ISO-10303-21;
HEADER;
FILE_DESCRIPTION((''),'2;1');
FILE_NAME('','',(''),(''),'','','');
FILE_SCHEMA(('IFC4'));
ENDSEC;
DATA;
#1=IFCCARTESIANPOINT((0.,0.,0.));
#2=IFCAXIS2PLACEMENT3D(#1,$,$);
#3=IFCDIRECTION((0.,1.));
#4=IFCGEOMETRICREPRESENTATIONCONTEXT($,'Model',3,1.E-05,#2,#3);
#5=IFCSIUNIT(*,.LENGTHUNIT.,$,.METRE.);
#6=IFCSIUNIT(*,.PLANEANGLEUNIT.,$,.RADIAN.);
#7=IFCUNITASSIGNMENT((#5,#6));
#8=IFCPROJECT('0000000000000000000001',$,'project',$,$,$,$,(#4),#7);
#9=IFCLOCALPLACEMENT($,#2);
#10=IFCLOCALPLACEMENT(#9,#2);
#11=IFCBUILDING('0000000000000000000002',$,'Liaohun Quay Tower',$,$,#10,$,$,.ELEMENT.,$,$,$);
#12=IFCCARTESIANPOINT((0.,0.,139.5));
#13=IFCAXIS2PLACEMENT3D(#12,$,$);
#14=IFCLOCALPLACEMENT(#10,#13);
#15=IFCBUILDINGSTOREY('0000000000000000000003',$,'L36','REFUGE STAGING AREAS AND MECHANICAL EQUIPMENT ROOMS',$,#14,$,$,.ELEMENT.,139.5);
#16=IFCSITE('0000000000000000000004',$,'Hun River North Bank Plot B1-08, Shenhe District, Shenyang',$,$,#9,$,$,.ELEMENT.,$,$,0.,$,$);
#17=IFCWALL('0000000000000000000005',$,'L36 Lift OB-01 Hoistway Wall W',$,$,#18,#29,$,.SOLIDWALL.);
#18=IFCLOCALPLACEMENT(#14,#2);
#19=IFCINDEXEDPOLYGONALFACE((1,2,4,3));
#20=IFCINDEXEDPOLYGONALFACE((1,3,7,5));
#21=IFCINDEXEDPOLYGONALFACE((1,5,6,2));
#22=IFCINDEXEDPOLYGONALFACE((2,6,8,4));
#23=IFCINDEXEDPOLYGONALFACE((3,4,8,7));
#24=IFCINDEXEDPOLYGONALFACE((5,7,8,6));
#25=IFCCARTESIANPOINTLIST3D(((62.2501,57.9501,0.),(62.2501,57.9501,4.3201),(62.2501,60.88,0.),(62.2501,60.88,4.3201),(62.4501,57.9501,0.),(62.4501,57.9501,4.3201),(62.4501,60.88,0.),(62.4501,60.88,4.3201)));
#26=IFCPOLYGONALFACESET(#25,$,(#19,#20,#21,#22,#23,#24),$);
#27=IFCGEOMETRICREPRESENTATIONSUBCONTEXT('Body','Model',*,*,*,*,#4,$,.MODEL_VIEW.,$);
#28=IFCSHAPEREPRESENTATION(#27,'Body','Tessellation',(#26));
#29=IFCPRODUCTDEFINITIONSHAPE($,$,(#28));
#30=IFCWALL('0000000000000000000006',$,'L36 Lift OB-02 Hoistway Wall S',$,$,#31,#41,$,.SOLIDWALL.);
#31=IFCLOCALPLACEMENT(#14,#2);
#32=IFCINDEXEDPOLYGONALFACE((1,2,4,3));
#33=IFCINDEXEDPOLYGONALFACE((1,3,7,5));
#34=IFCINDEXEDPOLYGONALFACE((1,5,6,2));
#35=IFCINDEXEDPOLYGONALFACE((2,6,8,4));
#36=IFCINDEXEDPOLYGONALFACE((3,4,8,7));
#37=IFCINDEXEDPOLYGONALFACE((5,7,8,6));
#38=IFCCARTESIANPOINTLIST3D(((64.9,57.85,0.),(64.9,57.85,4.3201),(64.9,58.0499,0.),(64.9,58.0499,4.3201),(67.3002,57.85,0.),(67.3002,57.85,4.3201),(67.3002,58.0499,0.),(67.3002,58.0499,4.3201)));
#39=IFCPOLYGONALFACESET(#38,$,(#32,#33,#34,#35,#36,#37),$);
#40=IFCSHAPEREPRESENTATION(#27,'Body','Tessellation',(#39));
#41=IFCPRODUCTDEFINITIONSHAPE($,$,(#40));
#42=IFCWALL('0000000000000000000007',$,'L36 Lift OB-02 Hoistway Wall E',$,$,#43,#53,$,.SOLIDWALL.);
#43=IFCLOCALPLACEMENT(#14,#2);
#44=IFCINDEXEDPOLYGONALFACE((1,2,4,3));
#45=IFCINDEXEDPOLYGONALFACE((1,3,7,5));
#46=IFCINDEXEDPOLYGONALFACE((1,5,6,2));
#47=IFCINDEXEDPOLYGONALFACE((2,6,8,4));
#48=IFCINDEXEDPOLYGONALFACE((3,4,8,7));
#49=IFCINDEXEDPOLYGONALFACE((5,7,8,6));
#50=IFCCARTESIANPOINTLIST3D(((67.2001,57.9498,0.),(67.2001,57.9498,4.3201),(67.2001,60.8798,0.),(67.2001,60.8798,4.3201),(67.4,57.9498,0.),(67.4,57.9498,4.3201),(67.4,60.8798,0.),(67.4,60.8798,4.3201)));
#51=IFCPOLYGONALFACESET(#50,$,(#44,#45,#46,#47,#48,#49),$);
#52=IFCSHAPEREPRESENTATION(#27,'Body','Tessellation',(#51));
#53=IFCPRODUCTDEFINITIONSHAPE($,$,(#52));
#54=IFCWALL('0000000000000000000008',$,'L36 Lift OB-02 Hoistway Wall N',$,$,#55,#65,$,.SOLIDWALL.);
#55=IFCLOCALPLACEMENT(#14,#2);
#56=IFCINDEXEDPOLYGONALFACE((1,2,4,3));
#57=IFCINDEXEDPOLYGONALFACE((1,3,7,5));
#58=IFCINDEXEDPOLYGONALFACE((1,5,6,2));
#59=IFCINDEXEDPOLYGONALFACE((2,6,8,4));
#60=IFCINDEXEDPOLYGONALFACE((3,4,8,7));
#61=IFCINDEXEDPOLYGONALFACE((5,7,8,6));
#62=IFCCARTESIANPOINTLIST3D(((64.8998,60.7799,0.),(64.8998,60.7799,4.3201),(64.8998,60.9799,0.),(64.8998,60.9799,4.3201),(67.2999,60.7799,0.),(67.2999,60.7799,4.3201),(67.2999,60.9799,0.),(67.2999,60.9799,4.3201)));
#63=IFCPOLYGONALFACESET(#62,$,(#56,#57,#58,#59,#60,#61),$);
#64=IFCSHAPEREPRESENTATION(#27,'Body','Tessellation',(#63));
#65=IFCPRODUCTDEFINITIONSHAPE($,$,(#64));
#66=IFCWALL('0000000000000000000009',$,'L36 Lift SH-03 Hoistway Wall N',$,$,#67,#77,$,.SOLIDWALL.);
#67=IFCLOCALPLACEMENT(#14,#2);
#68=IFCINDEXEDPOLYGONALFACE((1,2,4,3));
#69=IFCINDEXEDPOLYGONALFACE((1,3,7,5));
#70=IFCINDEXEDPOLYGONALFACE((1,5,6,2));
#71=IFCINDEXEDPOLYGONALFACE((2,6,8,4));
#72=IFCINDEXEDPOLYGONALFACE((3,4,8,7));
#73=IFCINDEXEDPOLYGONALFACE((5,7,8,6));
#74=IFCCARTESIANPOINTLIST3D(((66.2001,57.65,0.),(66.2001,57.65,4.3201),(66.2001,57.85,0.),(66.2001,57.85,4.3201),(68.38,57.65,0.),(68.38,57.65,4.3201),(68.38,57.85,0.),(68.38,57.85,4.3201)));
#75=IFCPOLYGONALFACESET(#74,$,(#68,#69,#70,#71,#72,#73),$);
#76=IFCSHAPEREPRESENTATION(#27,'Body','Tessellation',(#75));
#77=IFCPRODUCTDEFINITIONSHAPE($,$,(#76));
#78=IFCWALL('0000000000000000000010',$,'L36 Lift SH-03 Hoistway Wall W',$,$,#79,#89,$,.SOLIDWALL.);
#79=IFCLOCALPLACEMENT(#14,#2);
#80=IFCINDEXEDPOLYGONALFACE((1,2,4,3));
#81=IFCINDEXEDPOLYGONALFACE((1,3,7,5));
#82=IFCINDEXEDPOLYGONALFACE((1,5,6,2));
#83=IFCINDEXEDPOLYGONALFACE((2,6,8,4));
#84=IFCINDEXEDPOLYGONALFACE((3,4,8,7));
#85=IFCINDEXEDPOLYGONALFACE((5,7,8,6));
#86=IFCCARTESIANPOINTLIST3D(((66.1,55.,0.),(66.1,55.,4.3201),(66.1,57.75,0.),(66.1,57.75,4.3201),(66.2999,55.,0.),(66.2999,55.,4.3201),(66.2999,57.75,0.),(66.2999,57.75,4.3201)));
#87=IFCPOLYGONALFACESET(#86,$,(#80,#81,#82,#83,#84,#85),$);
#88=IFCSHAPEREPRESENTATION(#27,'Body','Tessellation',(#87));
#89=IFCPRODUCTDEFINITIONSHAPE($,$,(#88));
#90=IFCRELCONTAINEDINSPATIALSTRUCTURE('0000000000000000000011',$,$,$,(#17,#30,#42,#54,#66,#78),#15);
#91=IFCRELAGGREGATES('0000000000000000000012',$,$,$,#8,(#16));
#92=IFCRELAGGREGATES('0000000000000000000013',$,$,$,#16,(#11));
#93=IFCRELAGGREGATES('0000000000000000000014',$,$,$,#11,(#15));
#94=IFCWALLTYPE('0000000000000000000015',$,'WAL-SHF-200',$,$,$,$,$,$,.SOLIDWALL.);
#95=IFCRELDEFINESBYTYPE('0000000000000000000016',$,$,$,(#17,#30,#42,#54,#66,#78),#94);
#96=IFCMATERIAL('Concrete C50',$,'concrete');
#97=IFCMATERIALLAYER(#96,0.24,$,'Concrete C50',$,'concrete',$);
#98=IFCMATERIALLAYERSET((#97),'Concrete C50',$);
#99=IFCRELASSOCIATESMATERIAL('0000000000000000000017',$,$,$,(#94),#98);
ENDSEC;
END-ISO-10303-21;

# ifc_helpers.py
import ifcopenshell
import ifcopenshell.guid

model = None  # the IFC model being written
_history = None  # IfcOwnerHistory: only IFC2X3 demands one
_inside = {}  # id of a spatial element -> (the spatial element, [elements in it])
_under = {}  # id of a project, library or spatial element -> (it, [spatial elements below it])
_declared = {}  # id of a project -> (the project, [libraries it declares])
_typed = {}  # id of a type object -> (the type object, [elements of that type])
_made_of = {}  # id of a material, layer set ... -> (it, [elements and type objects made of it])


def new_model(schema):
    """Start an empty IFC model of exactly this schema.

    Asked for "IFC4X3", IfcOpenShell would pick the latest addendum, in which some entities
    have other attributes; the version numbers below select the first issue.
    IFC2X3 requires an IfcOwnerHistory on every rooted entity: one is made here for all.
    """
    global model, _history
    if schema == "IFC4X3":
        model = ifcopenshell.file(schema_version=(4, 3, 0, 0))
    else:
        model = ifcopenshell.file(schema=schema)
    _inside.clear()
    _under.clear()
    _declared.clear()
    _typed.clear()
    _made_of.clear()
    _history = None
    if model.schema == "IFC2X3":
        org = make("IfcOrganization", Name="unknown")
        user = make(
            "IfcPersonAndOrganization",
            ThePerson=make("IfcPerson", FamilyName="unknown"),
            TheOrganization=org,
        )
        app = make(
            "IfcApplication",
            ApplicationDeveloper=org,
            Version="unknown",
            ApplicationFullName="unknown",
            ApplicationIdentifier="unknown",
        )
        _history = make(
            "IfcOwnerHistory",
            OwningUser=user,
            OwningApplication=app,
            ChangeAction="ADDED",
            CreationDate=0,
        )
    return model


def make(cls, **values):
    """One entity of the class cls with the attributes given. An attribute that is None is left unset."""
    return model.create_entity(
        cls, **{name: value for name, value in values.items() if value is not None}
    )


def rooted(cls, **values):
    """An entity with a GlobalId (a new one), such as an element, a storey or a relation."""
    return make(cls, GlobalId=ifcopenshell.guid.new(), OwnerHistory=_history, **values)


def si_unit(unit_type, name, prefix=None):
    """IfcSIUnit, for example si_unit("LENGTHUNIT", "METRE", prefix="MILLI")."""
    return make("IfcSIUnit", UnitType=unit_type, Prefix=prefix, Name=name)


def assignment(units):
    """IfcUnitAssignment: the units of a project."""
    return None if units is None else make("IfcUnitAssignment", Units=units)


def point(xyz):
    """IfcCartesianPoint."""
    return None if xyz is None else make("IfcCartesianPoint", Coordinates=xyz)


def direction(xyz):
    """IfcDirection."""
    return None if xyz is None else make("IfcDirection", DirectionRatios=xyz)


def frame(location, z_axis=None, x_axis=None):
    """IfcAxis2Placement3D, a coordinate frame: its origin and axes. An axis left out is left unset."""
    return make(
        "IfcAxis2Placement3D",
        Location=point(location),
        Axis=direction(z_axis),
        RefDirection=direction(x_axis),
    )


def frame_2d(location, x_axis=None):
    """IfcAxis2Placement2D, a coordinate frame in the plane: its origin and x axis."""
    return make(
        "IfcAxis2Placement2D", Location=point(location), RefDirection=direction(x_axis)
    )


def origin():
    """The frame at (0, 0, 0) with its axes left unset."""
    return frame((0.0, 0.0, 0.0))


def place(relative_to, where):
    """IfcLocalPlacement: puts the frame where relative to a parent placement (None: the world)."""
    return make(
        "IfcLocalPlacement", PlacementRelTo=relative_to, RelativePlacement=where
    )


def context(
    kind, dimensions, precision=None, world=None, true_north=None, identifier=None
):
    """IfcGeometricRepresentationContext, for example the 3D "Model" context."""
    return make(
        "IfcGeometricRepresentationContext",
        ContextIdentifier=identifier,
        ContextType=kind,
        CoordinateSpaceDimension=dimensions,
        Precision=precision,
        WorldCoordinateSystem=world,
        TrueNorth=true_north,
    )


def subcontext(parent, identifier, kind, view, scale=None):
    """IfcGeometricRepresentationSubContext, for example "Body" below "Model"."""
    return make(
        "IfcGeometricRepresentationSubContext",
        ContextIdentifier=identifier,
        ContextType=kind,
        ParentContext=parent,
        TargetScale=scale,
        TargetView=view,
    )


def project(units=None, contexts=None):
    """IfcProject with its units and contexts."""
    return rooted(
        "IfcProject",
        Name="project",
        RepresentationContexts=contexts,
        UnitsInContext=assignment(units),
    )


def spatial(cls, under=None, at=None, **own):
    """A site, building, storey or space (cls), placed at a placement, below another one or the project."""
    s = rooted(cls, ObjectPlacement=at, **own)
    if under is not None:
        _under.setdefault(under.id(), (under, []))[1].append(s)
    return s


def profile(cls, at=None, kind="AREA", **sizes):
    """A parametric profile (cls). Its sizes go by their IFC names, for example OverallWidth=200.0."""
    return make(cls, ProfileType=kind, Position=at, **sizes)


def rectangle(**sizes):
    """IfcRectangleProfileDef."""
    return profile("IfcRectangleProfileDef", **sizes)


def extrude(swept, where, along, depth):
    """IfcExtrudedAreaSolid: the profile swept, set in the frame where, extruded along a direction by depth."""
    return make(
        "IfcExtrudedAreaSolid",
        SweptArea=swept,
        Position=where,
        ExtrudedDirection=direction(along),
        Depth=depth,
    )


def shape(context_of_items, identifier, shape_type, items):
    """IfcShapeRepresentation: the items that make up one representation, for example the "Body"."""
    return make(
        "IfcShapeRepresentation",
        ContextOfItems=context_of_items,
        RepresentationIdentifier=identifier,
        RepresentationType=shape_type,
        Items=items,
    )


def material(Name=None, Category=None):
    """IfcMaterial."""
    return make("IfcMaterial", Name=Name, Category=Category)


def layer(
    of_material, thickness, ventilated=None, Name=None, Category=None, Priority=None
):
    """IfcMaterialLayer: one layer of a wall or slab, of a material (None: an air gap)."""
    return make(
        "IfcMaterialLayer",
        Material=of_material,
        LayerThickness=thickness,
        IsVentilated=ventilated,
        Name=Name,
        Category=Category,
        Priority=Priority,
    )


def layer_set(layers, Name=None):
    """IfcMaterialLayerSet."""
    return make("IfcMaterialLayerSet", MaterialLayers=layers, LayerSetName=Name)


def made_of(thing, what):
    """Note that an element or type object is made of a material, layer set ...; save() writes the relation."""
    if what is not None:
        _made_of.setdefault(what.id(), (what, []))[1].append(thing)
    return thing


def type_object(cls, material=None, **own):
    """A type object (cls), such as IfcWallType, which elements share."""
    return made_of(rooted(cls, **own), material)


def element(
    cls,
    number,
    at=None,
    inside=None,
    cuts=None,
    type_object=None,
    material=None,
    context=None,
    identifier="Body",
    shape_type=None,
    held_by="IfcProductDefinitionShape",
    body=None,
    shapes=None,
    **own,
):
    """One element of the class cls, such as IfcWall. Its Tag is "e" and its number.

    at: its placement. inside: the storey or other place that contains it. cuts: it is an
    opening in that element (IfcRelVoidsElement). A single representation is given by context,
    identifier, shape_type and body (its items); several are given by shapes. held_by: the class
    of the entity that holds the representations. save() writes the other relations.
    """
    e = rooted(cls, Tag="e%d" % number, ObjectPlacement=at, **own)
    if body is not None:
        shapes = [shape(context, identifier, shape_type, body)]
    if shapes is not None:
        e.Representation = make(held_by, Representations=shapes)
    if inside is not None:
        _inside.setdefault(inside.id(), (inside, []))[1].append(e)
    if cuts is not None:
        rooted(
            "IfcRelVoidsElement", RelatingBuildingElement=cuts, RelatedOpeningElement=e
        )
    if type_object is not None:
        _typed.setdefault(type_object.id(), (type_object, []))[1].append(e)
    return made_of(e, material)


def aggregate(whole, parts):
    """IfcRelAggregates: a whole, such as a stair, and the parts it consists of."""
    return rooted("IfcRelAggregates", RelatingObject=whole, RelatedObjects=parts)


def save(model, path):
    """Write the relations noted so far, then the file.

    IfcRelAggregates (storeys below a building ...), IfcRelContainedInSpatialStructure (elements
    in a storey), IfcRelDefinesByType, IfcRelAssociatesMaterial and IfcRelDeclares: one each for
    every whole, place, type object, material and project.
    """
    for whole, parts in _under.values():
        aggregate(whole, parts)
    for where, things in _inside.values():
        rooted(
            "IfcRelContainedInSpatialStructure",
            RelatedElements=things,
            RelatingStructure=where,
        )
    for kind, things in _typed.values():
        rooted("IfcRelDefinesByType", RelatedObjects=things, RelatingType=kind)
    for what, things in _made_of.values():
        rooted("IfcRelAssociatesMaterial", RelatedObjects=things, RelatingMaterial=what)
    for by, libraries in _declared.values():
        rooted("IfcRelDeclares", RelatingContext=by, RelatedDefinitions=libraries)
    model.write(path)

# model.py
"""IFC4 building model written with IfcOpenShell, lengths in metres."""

from ifc_helpers import new_model, si_unit, direction, frame, frame_2d, origin, place, context, subcontext, project, spatial, rectangle, extrude, material, layer, layer_set, type_object, element, save


model = new_model("IFC4")

# Units and contexts
model_context = context("Model", 3, precision=1e-05, world=origin(), true_north=direction((0.0, 1.0)))
body_context = subcontext(model_context, "Body", "Model", "MODEL_VIEW")
ifc_project = project(units=[si_unit("LENGTHUNIT", "METRE"), si_unit("PLANEANGLEUNIT", "RADIAN")], contexts=[model_context])

# Site, building, storey
site_placement = place(None, origin())
site = spatial("IfcSite", under=ifc_project, at=site_placement, Name="Hun River North Bank Plot B1-08, Shenhe District, Shenyang", CompositionType="ELEMENT", RefElevation=0.0)
building_placement = place(site_placement, origin())
building = spatial("IfcBuilding", under=site, at=building_placement, Name="Liaohun Quay Tower", CompositionType="ELEMENT")
storey_placement = place(building_placement, frame((0.0, 0.0, 139.5)))
storey = spatial("IfcBuildingStorey", under=building, at=storey_placement, Name="L36", Description="REFUGE STAGING AREAS AND MECHANICAL EQUIPMENT ROOMS", CompositionType="ELEMENT", Elevation=139.5)

# Walls
ifc_material_1 = material(Name="Concrete C50", Category="concrete")
ifc_layer_1 = layer(ifc_material_1, 0.24, Name="Concrete C50", Category="concrete")
ifc_layer_set_1 = layer_set([ifc_layer_1], Name="Concrete C50")
wall_type_1 = type_object("IfcWallType", Name="WAL-SHF-200", PredefinedType="SOLIDWALL", material=ifc_layer_set_1)
wall_1_placement = place(storey_placement, frame((62.3501, 60.8799, 0.0), z_axis=(0.0, 0.0, 1.0), x_axis=(0.0, -1.0, 0.0)))
element("IfcWall", 1, at=wall_1_placement, inside=storey, type_object=wall_type_1, Name="L36 Lift OB-01 Hoistway Wall W", PredefinedType="SOLIDWALL", context=body_context, shape_type="SweptSolid", body=[
    extrude(rectangle(XDim=2.9299, YDim=0.2, at=frame_2d((1.4648, 0.0))), origin(), (0.0, 0.0, 1.0), 4.3201),
])
wall_2_placement = place(storey_placement, frame((64.8999, 57.95, 0.0), z_axis=(0.0, 0.0, 1.0), x_axis=(1.0, 0.0, 0.0)))
element("IfcWall", 2, at=wall_2_placement, inside=storey, type_object=wall_type_1, Name="L36 Lift OB-02 Hoistway Wall S", PredefinedType="SOLIDWALL", context=body_context, shape_type="SweptSolid", body=[
    extrude(rectangle(XDim=2.4001, YDim=0.2, at=frame_2d((1.2002, 0.0))), origin(), (0.0, 0.0, 1.0), 4.3201),
])
wall_3_placement = place(storey_placement, frame((67.3, 57.95, 0.0), z_axis=(0.0, 0.0, 1.0), x_axis=(0.0, 1.0, 0.0)))
element("IfcWall", 3, at=wall_3_placement, inside=storey, type_object=wall_type_1, Name="L36 Lift OB-02 Hoistway Wall E", PredefinedType="SOLIDWALL", context=body_context, shape_type="SweptSolid", body=[
    extrude(rectangle(XDim=2.9299, YDim=0.2, at=frame_2d((1.4648, 0.0))), origin(), (0.0, 0.0, 1.0), 4.3201),
])
wall_4_placement = place(storey_placement, frame((67.3, 60.8799, 0.0), z_axis=(0.0, 0.0, 1.0), x_axis=(-1.0, 0.0, 0.0)))
element("IfcWall", 4, at=wall_4_placement, inside=storey, type_object=wall_type_1, Name="L36 Lift OB-02 Hoistway Wall N", PredefinedType="SOLIDWALL", context=body_context, shape_type="SweptSolid", body=[
    extrude(rectangle(XDim=2.4001, YDim=0.2, at=frame_2d((1.2002, 0.0))), origin(), (0.0, 0.0, 1.0), 4.3201),
])
wall_5_placement = place(storey_placement, frame((68.3799, 57.75, 0.0), z_axis=(0.0, 0.0, 1.0), x_axis=(-1.0, 0.0, 0.0)))
element("IfcWall", 5, at=wall_5_placement, inside=storey, type_object=wall_type_1, Name="L36 Lift SH-03 Hoistway Wall N", PredefinedType="SOLIDWALL", context=body_context, shape_type="SweptSolid", body=[
    extrude(rectangle(XDim=2.1799, YDim=0.2, at=frame_2d((1.0898, 0.0))), origin(), (0.0, 0.0, 1.0), 4.3201),
])
wall_6_placement = place(storey_placement, frame((66.2, 57.75, 0.0), z_axis=(0.0, 0.0, 1.0), x_axis=(0.0, -1.0, 0.0)))
element("IfcWall", 6, at=wall_6_placement, inside=storey, type_object=wall_type_1, Name="L36 Lift SH-03 Hoistway Wall W", PredefinedType="SOLIDWALL", context=body_context, shape_type="SweptSolid", body=[
    extrude(rectangle(XDim=2.75, YDim=0.2, at=frame_2d((1.375, 0.0))), origin(), (0.0, 0.0, 1.0), 4.3201),
])

save(model, "model.ifc")
